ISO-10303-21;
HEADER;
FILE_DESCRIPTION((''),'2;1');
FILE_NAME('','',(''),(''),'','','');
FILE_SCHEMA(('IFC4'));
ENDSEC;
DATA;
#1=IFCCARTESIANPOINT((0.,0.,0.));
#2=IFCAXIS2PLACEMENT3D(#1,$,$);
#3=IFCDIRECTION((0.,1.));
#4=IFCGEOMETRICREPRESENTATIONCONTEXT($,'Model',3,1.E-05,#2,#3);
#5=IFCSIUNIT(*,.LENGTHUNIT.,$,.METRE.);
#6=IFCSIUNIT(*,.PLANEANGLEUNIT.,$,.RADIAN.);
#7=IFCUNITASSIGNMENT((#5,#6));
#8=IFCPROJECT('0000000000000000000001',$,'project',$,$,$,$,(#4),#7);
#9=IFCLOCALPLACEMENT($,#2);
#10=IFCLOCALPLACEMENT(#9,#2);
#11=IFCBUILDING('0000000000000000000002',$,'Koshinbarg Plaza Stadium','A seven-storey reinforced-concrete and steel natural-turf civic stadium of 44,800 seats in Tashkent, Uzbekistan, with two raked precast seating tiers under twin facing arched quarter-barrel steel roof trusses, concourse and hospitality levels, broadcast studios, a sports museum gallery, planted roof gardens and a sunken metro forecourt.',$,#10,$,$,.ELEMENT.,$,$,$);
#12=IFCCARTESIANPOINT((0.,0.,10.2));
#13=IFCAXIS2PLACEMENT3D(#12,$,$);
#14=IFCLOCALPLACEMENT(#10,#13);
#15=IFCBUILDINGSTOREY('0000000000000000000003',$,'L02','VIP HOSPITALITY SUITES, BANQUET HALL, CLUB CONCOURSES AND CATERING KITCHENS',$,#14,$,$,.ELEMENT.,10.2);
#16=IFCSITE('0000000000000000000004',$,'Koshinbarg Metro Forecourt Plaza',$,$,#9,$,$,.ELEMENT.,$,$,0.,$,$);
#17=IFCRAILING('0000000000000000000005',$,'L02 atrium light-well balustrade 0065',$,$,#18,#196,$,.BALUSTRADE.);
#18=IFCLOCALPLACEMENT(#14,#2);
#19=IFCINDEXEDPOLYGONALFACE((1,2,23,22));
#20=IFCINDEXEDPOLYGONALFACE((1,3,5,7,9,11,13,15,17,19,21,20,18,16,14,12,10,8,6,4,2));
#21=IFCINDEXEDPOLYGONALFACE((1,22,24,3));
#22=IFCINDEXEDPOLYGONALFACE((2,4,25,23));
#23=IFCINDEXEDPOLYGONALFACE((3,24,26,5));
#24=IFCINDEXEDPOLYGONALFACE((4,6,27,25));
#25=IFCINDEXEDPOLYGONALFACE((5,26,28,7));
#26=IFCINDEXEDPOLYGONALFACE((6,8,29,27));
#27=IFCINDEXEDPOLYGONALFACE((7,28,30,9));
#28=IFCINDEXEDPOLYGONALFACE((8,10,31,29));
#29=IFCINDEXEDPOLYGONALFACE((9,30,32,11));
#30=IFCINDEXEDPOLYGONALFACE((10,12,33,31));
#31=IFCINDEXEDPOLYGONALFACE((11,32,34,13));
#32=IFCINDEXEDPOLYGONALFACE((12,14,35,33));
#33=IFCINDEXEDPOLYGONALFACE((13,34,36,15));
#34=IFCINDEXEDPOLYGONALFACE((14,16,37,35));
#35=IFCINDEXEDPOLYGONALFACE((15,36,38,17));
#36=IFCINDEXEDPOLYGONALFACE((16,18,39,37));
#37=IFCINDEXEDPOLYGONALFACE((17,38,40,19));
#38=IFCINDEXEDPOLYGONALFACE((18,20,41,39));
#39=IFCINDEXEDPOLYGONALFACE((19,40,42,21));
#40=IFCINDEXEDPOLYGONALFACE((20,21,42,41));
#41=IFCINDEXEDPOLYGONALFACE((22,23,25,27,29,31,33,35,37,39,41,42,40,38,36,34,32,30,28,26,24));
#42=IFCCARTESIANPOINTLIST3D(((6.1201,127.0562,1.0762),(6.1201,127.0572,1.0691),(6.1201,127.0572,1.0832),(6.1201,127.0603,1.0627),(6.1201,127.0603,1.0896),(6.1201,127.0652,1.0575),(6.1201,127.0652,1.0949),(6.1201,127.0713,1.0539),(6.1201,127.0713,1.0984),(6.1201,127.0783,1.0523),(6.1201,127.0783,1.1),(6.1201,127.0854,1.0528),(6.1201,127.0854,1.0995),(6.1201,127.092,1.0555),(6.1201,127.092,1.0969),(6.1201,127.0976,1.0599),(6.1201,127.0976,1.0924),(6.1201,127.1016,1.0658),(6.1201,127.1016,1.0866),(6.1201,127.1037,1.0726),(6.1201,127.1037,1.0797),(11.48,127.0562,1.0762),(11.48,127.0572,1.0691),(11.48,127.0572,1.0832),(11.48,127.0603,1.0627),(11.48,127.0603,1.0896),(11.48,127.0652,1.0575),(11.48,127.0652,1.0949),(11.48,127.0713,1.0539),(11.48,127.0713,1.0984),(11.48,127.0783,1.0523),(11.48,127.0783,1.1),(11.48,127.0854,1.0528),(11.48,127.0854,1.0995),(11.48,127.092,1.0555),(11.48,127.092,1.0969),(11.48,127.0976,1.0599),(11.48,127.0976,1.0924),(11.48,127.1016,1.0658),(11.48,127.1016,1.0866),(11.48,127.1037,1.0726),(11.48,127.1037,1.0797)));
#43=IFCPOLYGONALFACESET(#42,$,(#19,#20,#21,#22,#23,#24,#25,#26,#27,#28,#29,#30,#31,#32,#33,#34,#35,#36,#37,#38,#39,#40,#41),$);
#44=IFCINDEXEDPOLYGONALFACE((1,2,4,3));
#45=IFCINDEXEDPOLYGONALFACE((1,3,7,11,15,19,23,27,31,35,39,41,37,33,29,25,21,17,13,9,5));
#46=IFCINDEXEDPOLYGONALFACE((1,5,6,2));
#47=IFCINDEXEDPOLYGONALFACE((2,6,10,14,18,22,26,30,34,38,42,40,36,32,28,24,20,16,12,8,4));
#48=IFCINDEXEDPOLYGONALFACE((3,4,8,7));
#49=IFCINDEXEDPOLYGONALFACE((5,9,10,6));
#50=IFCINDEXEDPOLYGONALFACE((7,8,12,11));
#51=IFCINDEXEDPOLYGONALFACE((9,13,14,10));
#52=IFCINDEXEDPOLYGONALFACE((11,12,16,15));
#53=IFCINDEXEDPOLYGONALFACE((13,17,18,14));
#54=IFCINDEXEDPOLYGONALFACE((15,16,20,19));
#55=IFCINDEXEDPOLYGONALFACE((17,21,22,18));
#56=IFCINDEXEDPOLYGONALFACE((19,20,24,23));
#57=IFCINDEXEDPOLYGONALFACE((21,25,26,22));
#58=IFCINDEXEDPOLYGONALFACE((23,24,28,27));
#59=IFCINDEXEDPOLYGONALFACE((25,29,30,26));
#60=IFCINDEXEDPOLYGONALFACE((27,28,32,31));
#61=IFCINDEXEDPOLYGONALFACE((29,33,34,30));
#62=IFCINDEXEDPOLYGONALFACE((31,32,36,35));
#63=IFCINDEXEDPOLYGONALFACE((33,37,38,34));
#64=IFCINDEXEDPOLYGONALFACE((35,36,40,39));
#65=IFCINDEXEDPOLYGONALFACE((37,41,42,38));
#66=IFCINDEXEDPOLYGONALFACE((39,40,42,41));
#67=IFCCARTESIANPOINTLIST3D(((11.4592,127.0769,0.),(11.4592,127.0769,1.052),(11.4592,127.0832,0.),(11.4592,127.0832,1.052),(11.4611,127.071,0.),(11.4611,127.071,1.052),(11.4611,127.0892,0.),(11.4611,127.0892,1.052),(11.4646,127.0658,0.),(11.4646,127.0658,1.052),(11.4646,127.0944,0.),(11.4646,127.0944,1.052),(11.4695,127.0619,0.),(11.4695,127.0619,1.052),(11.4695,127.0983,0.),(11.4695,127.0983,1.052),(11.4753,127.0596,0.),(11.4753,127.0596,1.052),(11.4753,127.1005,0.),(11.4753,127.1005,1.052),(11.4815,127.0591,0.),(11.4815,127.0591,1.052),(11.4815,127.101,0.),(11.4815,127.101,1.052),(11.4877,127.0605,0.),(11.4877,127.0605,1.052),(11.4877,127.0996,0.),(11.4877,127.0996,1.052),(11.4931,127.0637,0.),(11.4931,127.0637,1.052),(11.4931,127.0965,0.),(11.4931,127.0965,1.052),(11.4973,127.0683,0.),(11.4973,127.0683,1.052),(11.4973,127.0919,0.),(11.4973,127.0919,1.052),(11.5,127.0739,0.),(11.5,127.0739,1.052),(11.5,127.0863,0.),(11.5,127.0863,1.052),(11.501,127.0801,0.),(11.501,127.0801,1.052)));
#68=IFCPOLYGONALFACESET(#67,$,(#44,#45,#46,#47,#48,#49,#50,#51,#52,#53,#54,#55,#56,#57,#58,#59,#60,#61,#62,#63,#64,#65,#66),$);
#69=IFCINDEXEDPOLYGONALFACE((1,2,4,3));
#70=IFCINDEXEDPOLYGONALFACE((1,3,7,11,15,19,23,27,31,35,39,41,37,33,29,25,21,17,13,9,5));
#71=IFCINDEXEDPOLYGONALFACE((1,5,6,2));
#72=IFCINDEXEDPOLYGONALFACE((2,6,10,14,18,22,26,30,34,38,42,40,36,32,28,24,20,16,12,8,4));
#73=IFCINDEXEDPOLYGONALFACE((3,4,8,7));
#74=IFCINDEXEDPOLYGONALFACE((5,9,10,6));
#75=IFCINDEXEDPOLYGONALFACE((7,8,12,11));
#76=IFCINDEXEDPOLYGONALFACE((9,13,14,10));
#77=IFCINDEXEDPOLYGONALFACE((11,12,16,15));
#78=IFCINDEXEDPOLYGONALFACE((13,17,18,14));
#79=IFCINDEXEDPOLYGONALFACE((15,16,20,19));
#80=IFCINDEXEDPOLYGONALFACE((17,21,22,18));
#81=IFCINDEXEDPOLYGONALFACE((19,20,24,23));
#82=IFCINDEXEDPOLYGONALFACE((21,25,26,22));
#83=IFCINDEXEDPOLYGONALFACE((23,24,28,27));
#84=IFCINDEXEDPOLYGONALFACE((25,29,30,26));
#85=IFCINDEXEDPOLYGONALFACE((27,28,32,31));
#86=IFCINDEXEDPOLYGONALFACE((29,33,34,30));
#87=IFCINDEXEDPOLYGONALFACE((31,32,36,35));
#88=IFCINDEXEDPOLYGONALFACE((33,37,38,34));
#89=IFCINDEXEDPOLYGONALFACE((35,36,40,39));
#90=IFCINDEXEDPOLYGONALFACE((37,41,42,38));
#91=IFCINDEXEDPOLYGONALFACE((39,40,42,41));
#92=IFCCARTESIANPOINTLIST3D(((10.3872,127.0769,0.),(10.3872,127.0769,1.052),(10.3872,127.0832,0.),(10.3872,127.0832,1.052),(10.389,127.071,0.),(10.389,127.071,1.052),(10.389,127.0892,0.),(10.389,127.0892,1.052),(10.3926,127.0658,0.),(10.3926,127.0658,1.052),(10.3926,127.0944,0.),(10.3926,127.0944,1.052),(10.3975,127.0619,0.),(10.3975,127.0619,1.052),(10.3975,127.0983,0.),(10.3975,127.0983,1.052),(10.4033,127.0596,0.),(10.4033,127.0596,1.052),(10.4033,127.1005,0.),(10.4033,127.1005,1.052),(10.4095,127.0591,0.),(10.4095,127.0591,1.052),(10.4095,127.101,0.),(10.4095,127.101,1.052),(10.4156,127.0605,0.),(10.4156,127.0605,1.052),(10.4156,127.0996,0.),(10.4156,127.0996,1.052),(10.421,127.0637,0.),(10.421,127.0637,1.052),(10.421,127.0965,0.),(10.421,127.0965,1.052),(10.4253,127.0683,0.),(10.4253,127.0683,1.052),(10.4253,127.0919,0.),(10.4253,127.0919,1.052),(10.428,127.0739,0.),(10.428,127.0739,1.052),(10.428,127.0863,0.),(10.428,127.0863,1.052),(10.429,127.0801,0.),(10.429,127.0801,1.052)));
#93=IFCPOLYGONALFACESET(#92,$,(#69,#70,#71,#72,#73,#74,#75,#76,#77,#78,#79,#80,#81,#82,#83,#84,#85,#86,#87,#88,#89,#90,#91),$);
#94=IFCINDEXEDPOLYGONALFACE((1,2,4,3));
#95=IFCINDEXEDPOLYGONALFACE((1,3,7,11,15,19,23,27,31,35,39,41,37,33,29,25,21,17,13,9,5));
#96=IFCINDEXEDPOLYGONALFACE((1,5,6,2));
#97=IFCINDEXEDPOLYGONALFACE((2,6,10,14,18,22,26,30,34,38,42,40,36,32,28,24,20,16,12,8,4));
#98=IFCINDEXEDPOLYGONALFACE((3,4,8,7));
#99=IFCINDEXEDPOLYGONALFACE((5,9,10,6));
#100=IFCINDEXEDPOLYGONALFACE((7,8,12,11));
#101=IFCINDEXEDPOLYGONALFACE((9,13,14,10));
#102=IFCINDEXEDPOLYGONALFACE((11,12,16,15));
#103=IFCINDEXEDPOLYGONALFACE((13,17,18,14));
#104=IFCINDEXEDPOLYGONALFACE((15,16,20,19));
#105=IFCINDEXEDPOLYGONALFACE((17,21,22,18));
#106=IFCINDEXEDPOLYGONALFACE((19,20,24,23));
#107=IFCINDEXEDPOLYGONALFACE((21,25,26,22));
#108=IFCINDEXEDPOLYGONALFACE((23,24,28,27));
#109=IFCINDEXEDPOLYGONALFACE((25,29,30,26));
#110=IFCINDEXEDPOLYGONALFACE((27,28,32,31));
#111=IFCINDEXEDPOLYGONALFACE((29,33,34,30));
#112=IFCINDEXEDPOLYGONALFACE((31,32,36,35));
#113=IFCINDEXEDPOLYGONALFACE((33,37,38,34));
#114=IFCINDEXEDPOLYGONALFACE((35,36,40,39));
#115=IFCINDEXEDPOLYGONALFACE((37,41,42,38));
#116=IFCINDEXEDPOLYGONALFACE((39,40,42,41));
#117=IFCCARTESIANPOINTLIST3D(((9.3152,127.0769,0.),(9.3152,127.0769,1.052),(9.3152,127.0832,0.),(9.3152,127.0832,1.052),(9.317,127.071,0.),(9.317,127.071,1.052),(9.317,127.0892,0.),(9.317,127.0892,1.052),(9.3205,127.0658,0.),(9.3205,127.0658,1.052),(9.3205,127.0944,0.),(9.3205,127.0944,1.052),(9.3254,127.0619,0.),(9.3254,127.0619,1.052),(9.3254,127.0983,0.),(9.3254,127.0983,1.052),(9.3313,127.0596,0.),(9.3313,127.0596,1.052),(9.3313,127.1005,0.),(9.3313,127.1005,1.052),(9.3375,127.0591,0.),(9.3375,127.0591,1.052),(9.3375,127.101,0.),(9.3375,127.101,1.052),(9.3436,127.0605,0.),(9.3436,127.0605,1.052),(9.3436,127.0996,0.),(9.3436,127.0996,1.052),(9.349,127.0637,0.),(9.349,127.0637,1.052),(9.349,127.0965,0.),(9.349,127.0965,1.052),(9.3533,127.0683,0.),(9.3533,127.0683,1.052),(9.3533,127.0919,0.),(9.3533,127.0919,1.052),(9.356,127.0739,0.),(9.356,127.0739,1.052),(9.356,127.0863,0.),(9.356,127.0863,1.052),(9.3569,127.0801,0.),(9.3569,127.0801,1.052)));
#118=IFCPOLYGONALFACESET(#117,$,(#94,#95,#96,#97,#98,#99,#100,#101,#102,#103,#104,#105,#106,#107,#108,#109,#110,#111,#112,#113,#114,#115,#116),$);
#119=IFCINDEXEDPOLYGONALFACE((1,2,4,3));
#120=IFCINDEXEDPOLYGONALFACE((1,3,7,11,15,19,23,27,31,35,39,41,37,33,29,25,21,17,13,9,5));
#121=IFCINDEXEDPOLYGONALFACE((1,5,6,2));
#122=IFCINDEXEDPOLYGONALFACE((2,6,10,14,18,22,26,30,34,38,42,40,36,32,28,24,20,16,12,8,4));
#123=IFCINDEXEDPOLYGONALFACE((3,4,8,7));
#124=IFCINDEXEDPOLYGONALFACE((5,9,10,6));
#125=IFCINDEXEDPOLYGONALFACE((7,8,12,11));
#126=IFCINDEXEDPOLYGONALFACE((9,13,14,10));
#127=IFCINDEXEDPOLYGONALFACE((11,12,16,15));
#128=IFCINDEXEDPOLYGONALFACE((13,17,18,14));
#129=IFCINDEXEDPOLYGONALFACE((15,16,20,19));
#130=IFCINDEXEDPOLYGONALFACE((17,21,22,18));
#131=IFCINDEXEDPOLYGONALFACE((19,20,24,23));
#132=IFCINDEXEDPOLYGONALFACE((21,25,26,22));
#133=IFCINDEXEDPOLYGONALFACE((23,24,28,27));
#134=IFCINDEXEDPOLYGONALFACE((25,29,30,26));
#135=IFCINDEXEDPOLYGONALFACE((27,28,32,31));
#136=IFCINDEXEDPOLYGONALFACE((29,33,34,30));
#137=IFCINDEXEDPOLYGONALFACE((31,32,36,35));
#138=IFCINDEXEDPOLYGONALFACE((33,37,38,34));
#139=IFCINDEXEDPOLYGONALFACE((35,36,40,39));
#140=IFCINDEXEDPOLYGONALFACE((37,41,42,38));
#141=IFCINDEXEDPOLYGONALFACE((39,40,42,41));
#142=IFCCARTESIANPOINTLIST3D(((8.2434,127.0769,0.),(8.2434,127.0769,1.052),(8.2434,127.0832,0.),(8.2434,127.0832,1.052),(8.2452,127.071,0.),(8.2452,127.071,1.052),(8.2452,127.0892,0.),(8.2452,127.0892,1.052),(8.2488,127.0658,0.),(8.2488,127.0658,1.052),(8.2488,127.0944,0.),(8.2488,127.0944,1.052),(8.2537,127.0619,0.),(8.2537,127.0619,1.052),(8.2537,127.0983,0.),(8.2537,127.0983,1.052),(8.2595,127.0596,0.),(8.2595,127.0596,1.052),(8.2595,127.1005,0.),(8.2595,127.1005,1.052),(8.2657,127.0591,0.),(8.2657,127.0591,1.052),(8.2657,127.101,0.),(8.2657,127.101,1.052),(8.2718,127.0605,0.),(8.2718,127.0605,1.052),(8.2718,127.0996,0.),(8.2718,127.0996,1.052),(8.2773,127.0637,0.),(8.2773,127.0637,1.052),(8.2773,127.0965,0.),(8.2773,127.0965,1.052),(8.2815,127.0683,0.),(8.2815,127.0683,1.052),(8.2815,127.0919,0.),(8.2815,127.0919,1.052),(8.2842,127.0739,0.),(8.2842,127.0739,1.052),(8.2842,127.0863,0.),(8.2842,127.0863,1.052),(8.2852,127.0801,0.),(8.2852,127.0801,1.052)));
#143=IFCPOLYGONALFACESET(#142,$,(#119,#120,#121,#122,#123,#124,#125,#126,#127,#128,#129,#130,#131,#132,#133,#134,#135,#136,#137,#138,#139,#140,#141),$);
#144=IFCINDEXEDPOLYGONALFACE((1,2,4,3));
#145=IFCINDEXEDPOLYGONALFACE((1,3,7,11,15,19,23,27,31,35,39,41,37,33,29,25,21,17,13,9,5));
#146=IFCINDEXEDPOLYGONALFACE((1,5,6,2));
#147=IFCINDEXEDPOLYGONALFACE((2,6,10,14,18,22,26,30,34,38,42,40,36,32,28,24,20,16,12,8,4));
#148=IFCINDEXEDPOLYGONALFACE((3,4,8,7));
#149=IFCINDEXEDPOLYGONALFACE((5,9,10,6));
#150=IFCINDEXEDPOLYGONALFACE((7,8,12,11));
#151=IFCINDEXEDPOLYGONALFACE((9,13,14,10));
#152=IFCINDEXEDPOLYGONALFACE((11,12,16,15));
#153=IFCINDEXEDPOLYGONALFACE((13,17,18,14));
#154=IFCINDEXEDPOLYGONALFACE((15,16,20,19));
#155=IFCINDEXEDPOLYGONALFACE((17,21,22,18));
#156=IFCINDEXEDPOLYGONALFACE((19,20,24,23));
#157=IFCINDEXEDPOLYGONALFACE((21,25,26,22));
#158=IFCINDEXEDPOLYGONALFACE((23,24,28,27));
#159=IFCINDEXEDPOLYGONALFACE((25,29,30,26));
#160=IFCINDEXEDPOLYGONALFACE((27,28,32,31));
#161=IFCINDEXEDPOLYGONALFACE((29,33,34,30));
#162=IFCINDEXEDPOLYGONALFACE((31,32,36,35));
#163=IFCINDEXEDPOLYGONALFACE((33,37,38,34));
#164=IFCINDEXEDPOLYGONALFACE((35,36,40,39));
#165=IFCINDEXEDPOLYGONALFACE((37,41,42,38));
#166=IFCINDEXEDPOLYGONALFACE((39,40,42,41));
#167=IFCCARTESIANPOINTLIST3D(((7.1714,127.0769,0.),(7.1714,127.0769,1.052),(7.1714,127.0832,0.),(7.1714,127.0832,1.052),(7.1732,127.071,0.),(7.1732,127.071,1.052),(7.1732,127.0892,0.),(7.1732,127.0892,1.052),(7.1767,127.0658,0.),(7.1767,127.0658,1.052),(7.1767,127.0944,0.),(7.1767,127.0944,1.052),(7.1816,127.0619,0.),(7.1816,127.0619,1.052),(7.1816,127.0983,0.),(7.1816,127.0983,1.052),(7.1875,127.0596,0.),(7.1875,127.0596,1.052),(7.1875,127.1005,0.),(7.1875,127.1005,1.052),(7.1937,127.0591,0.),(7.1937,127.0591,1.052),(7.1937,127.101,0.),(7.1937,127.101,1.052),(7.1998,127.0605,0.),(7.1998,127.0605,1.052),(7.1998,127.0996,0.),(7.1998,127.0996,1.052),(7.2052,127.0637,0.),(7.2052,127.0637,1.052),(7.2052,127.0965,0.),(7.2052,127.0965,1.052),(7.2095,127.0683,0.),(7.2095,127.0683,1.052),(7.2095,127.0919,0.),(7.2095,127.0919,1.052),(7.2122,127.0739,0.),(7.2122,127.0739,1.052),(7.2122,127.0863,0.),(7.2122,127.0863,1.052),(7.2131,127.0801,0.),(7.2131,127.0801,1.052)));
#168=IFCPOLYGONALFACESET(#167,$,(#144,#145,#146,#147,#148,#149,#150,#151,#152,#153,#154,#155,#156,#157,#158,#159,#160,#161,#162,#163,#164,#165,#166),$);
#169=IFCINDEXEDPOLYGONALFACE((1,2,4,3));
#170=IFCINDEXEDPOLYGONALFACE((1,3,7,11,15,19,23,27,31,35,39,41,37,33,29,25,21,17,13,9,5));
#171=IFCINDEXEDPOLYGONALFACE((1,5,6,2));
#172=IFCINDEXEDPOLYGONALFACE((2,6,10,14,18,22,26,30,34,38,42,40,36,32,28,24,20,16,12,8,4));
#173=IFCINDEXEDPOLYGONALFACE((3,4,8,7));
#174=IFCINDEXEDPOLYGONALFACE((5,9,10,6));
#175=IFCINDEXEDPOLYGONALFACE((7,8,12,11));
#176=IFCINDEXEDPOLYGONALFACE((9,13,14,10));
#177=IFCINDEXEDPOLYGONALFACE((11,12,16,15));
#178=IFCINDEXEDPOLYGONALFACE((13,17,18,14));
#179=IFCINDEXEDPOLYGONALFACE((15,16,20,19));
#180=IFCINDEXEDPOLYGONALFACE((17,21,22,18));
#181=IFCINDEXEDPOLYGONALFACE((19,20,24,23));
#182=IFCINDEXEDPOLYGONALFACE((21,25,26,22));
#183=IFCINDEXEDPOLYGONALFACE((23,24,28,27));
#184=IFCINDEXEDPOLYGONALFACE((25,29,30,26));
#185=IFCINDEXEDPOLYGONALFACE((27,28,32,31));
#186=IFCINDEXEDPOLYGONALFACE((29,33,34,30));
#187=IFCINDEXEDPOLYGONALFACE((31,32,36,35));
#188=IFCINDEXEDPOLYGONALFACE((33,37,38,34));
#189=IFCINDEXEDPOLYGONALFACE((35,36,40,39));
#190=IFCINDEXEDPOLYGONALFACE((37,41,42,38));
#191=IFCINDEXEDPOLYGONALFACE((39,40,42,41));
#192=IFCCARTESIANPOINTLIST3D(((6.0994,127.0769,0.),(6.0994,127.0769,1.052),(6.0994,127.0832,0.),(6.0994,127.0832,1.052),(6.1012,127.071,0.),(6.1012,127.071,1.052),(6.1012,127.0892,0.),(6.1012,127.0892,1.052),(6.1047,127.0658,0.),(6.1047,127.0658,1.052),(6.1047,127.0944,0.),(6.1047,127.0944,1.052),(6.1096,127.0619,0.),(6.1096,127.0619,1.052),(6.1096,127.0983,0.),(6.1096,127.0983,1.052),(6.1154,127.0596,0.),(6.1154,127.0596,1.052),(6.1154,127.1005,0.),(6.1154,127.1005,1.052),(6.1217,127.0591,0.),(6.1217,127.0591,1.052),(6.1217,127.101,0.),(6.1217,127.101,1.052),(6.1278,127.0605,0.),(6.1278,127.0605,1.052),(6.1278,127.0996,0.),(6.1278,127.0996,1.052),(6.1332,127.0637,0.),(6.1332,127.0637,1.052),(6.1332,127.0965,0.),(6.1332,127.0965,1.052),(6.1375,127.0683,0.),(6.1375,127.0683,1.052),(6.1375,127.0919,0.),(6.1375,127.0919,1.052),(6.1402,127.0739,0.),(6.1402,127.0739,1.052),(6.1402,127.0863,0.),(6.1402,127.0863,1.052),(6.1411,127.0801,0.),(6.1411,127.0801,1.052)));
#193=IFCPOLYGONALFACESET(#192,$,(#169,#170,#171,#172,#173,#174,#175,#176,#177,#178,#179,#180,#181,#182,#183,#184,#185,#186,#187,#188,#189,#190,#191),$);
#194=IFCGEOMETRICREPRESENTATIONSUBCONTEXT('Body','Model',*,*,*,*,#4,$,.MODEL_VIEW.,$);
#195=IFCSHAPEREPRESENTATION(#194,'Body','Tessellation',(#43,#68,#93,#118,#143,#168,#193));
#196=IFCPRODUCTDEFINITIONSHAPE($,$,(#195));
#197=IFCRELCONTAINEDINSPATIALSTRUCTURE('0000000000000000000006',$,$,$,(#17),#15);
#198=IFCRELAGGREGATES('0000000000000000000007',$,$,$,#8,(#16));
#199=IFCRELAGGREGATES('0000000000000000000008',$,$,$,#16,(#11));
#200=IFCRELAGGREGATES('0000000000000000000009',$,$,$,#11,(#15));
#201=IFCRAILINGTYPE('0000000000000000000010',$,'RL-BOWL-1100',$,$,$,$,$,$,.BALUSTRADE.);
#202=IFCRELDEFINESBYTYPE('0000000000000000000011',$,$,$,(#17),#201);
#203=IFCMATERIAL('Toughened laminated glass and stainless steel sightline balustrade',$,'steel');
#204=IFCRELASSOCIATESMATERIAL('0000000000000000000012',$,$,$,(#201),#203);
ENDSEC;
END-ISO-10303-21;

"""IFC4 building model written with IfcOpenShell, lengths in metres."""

from ifc_helpers import new_model, si_unit, direction, frame, origin, origin_2d, place, context, subcontext, project, spatial, circle, extrude, material, type_object, element, save


model = new_model("IFC4")

# Units and contexts
model_context = context("Model", 3, precision=1e-05, world=origin(), true_north=direction((0.0, 1.0)))
body_context = subcontext(model_context, "Body", "Model", "MODEL_VIEW")
ifc_project = project(units=[si_unit("LENGTHUNIT", "METRE"), si_unit("PLANEANGLEUNIT", "RADIAN")], contexts=[model_context])

# Site, building, storey
site_placement = place(None, origin())
site = spatial("IfcSite", under=ifc_project, at=site_placement, Name="Koshinbarg Metro Forecourt Plaza", CompositionType="ELEMENT", RefElevation=0.0)
building_placement = place(site_placement, origin())
building = spatial("IfcBuilding", under=site, at=building_placement, Name="Koshinbarg Plaza Stadium", Description="A seven-storey reinforced-concrete and steel natural-turf civic stadium of 44,800 seats in Tashkent, Uzbekistan, with two raked precast seating tiers under twin facing arched quarter-barrel steel roof trusses, concourse and hospitality levels, broadcast studios, a sports museum gallery, planted roof gardens and a sunken metro forecourt.", CompositionType="ELEMENT")
storey_placement = place(building_placement, frame((0.0, 0.0, 10.2)))
storey = spatial("IfcBuildingStorey", under=building, at=storey_placement, Name="L02", Description="VIP HOSPITALITY SUITES, BANQUET HALL, CLUB CONCOURSES AND CATERING KITCHENS", CompositionType="ELEMENT", Elevation=10.2)

# Railing
ifc_material_1 = material(Name="Toughened laminated glass and stainless steel sightline balustrade", Category="steel")
railing_type = type_object("IfcRailingType", Name="RL-BOWL-1100", PredefinedType="BALUSTRADE", material=ifc_material_1)
railing_1_placement = place(storey_placement, frame((11.48, 127.0801, 0.0)))
element("IfcRailing", 1, at=railing_1_placement, inside=storey, type_object=railing_type, Name="L02 atrium light-well balustrade 0065", PredefinedType="BALUSTRADE", context=body_context, shape_type="SweptSolid", body=[
    extrude(circle(Radius=0.0239, at=origin_2d()), frame((0.0, 0.0, 1.0762), z_axis=(-1.0, 0.0, 0.0), x_axis=(0.0, -1.0, 0.0)), (0.0, 0.0, 1.0), 5.3599),
    extrude(circle(Radius=0.021, at=origin_2d()), origin(), (0.0, 0.0, 1.0), 1.052),
    extrude(circle(Radius=0.021, at=origin_2d()), frame((-1.072, 0.0, 0.0)), (0.0, 0.0, 1.0), 1.052),
    extrude(circle(Radius=0.021, at=origin_2d()), frame((-2.144, 0.0, 0.0)), (0.0, 0.0, 1.0), 1.052),
    extrude(circle(Radius=0.021, at=origin_2d()), frame((-3.2158, 0.0, 0.0)), (0.0, 0.0, 1.0), 1.052),
    extrude(circle(Radius=0.021, at=origin_2d()), frame((-4.2878, 0.0, 0.0)), (0.0, 0.0, 1.0), 1.052),
    extrude(circle(Radius=0.021, at=origin_2d()), frame((-5.3599, 0.0, 0.0)), (0.0, 0.0, 1.0), 1.052),
])

save(model, "model.ifc")
